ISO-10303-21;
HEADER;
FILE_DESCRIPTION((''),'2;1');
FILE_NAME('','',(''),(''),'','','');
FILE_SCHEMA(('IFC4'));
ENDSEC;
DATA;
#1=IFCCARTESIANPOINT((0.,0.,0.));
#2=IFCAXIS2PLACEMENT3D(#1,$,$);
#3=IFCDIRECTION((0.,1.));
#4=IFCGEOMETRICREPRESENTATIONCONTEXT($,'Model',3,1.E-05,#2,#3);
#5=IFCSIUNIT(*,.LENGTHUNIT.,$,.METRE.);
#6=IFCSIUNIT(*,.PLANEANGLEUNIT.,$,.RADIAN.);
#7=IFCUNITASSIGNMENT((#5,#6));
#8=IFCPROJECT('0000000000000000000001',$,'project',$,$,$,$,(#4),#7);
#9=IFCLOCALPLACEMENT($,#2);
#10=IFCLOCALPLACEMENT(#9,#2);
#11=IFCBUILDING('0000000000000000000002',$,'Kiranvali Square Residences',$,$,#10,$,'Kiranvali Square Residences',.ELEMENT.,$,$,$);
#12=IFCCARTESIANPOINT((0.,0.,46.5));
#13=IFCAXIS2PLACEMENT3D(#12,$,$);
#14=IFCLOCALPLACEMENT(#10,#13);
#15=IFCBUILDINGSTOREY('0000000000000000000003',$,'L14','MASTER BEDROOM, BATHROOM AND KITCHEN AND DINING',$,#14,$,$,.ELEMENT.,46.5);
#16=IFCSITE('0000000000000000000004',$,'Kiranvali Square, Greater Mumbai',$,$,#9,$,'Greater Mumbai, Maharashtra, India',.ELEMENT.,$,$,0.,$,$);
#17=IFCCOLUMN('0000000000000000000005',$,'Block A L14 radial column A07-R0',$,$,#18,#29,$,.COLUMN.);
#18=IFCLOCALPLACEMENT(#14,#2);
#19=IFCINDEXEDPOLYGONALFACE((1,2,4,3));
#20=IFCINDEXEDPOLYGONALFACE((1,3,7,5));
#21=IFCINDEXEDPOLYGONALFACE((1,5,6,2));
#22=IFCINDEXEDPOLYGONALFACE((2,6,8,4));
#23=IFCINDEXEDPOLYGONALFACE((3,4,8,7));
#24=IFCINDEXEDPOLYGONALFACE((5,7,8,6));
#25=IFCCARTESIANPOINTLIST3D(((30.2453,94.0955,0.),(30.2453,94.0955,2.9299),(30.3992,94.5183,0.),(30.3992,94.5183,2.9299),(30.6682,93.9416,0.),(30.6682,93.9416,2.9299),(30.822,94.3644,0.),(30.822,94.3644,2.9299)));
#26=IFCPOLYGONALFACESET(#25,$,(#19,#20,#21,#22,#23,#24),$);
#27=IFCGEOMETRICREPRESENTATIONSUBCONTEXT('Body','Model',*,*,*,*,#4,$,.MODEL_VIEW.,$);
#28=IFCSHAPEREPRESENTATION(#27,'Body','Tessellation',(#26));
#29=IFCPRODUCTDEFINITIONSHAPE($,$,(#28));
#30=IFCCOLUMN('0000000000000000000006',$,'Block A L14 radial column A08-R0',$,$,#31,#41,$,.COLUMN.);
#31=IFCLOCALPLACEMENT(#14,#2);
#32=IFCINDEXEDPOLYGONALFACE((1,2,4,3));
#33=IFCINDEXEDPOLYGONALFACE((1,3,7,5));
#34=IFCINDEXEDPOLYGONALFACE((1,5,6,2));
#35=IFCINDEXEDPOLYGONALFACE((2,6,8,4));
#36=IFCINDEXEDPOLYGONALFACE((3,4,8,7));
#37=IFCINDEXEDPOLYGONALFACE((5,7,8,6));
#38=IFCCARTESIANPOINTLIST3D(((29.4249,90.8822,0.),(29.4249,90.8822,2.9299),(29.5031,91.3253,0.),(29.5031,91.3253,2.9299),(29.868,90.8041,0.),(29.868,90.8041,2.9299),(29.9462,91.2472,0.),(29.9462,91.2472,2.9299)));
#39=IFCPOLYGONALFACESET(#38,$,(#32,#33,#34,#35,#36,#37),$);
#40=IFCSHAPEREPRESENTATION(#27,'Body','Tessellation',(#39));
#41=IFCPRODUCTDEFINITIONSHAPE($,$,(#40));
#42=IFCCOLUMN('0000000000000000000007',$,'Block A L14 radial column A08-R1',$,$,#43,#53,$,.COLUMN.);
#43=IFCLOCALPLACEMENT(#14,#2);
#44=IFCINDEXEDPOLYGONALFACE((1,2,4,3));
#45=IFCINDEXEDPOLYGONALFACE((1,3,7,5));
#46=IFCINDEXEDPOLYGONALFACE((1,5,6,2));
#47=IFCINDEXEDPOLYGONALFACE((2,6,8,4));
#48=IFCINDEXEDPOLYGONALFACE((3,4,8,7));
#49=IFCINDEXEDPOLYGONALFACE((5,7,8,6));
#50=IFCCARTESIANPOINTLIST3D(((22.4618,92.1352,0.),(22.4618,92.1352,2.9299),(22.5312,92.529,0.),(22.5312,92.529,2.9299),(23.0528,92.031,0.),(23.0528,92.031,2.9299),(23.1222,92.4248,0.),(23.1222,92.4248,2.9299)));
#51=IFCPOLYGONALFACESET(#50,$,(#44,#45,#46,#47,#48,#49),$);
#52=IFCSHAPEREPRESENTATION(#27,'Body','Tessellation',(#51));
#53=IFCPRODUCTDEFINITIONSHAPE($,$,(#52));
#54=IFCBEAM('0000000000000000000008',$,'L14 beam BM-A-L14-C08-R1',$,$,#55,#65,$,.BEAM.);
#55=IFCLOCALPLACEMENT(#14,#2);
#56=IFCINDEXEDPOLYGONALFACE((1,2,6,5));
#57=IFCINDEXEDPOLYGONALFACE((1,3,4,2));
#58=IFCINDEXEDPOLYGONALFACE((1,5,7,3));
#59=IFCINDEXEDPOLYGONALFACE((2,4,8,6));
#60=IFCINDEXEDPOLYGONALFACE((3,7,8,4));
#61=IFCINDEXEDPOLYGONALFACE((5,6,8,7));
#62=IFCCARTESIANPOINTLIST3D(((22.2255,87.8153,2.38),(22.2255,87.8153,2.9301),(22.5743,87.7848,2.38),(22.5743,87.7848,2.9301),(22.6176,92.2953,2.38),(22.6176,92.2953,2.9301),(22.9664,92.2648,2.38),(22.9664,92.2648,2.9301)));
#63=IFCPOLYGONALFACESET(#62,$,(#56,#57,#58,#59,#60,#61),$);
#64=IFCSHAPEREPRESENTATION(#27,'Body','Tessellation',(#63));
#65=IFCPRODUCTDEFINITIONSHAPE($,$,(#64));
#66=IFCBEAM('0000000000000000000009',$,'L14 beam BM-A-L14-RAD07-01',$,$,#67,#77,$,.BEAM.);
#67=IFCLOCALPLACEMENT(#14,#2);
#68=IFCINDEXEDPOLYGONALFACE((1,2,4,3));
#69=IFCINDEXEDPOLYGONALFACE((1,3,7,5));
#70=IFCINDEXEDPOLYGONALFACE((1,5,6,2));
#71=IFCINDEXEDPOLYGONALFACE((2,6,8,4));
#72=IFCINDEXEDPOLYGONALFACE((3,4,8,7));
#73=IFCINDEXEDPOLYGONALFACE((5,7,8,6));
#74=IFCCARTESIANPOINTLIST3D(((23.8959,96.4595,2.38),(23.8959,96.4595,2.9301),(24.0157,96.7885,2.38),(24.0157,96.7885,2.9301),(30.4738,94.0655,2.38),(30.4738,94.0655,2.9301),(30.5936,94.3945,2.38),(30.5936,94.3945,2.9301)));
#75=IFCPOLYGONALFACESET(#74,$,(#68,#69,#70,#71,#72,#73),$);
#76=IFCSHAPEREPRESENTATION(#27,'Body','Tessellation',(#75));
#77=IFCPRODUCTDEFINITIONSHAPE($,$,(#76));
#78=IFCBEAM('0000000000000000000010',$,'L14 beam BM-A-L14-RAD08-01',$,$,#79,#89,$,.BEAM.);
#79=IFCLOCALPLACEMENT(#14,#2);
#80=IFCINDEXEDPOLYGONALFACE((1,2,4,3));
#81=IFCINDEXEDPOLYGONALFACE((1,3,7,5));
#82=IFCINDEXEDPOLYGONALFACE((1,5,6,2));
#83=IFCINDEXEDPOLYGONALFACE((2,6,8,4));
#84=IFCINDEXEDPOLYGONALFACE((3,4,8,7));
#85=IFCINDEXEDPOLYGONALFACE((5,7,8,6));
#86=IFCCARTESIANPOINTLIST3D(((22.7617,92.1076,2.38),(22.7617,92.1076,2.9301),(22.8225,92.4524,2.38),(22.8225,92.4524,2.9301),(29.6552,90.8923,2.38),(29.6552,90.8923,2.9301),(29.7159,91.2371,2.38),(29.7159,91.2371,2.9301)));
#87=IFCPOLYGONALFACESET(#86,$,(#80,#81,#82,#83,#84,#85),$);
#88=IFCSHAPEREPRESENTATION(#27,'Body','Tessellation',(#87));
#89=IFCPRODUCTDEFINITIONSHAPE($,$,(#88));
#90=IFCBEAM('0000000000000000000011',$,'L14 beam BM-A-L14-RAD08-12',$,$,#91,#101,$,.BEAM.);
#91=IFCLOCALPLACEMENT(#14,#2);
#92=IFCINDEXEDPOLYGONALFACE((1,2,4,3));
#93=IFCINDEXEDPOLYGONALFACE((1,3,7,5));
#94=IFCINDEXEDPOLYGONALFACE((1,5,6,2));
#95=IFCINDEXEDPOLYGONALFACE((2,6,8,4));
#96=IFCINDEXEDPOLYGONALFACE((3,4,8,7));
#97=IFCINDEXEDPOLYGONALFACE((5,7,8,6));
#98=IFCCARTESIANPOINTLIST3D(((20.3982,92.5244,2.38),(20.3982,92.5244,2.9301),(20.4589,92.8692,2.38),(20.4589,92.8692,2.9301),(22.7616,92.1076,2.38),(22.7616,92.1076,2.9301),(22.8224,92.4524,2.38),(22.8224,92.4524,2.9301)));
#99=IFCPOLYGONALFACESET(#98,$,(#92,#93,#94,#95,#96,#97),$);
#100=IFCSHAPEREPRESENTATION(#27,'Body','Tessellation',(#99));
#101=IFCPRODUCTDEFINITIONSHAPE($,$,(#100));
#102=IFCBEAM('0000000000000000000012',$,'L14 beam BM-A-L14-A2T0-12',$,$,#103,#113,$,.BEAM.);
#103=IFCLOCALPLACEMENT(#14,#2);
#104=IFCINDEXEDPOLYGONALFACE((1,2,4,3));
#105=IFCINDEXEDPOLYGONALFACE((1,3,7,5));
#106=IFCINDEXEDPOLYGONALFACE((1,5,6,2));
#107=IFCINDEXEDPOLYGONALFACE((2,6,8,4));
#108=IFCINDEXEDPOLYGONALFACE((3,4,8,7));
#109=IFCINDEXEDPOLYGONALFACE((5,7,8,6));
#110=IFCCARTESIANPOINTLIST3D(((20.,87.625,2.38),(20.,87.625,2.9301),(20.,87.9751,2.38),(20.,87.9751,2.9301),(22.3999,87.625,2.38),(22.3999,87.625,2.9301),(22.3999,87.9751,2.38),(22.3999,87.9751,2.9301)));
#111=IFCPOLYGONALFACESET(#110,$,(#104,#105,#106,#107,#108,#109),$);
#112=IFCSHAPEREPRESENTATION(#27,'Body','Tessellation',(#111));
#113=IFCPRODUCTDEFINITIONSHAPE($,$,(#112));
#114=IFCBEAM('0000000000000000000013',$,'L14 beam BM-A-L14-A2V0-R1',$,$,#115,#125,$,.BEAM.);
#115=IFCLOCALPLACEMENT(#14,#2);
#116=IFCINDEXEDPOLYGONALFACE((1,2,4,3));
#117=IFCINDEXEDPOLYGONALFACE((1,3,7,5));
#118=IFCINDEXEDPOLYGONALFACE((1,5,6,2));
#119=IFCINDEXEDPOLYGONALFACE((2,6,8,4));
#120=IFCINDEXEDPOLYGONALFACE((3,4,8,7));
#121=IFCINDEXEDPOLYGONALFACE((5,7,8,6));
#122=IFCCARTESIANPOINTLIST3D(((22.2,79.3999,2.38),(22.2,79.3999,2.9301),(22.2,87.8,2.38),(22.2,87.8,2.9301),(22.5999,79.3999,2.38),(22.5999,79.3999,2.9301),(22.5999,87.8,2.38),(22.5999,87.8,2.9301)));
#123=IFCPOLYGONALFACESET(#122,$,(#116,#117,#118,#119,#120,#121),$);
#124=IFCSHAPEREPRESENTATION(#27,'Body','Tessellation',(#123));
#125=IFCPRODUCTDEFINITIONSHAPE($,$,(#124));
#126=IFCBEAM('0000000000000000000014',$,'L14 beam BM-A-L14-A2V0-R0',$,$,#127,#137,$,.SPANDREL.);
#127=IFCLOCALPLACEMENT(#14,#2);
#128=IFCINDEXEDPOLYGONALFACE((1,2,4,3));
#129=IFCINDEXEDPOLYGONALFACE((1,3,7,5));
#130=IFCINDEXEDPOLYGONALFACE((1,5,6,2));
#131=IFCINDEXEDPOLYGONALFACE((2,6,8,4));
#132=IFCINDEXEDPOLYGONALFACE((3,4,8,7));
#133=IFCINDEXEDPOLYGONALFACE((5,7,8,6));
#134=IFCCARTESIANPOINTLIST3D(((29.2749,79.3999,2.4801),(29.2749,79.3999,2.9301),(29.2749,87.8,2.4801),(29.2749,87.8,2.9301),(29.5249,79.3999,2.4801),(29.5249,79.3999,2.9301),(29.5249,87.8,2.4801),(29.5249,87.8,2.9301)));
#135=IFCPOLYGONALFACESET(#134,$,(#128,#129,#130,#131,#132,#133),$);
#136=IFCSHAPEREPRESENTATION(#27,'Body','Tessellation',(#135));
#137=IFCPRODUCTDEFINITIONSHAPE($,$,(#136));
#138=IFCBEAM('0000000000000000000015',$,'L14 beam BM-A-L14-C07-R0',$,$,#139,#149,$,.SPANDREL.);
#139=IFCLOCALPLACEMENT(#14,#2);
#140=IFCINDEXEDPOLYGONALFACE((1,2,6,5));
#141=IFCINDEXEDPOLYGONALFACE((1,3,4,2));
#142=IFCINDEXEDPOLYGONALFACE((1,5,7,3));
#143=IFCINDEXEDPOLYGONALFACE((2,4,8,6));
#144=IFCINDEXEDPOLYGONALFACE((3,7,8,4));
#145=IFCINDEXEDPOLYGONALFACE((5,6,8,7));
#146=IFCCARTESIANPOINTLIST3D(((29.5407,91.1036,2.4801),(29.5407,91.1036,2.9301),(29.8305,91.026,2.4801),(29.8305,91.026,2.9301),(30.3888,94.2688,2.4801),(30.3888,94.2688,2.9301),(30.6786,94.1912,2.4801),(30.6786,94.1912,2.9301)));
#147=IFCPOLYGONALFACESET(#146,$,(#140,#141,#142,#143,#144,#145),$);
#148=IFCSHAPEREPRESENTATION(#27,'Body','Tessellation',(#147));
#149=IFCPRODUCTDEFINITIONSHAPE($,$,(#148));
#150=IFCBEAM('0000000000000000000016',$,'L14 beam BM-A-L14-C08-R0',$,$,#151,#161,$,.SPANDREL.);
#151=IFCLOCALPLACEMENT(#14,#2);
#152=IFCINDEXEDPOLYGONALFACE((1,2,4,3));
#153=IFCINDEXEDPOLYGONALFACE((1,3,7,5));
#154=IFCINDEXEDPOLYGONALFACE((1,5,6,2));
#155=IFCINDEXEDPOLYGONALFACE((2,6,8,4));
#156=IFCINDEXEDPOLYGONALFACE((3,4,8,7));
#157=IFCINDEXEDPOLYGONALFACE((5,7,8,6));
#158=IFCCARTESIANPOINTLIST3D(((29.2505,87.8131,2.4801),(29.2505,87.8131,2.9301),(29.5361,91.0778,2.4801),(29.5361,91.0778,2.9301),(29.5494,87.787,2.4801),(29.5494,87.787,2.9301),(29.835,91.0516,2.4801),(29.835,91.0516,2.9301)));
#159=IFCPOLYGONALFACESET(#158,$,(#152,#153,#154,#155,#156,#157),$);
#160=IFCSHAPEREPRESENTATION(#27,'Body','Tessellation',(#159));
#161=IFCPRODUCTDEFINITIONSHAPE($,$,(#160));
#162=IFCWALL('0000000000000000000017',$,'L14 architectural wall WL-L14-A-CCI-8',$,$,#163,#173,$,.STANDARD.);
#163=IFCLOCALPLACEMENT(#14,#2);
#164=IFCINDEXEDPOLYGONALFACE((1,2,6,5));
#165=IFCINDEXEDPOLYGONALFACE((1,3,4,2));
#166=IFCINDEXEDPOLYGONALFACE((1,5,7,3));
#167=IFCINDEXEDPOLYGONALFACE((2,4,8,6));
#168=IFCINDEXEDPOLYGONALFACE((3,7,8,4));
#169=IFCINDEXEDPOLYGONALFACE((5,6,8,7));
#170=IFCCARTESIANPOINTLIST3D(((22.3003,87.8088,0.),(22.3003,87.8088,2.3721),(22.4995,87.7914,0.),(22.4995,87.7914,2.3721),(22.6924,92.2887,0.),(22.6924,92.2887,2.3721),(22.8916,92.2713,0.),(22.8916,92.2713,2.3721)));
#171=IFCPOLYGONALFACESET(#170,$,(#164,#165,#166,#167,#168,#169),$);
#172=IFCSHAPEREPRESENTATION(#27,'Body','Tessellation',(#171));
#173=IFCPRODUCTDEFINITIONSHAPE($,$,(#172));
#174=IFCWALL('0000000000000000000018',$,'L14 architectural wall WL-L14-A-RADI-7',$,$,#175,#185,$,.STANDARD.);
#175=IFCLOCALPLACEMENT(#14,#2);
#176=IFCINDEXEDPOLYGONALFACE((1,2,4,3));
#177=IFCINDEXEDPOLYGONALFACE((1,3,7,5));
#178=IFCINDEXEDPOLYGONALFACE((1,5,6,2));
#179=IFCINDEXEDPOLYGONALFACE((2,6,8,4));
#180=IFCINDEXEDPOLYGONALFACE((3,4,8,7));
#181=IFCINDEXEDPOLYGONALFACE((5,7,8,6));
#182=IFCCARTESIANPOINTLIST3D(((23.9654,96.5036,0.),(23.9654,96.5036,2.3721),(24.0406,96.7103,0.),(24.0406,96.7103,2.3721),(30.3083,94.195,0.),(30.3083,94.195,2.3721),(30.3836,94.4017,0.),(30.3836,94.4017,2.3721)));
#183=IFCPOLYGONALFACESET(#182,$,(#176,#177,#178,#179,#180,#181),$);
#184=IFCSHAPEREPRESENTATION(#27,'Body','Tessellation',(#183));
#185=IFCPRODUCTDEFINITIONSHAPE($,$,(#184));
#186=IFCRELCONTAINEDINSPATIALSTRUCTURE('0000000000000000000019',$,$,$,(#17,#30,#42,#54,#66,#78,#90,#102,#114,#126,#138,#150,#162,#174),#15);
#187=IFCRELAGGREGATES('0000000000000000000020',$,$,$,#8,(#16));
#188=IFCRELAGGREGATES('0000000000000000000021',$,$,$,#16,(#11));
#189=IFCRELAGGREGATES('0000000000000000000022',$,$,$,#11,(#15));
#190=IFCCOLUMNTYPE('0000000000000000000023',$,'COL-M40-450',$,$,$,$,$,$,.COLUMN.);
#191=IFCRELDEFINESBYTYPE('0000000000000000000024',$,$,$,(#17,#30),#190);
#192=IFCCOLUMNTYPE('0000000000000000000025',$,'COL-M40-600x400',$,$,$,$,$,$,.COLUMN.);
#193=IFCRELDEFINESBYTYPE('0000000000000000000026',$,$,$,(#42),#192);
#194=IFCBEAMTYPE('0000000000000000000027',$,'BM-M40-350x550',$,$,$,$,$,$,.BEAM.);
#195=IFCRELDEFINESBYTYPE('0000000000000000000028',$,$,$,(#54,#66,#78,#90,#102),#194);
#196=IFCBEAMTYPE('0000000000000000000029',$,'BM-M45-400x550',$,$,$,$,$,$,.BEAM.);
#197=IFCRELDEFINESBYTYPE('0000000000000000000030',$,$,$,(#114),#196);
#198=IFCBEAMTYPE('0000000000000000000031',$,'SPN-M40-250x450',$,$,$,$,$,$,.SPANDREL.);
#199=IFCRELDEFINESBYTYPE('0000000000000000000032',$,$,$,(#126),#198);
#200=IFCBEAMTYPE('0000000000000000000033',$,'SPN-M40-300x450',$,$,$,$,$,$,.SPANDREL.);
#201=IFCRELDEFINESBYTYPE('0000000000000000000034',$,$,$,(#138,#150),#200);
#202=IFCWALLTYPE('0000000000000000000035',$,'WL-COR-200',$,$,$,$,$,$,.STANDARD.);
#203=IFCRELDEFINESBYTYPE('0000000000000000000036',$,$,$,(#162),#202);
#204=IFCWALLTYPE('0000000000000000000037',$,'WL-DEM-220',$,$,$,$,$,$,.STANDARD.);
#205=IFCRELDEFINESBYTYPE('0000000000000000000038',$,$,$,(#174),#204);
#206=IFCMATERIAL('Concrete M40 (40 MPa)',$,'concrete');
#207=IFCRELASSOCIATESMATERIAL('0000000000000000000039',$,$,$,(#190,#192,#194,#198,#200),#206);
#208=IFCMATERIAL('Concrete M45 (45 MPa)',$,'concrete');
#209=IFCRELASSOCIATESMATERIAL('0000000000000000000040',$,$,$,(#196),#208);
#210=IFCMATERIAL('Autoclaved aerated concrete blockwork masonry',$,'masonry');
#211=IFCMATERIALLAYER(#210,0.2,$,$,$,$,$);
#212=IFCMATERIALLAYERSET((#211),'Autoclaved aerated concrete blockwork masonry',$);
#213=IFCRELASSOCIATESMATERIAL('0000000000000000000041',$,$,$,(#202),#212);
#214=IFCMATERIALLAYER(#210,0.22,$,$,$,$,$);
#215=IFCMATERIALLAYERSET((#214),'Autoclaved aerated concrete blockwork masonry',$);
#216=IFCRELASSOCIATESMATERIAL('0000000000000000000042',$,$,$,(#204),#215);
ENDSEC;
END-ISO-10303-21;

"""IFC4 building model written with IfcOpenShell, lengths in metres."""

from ifc_helpers import new_model, si_unit, direction, frame, frame_2d, origin, origin_2d, place, context, subcontext, project, spatial, rectangle, extrude, material, layer, layer_set, material_profile, profile_set, type_object, element, save


model = new_model("IFC4")

# Units and contexts
model_context = context("Model", 3, precision=1e-05, world=origin(), true_north=direction((0.0, 1.0)))
body_context = subcontext(model_context, "Body", "Model", "MODEL_VIEW")
ifc_project = project(units=[si_unit("LENGTHUNIT", "METRE"), si_unit("PLANEANGLEUNIT", "RADIAN")], contexts=[model_context])

# Site, building, storey
site_placement = place(None, origin())
site = spatial("IfcSite", under=ifc_project, at=site_placement, Name="Kiranvali Square, Greater Mumbai", LongName="Greater Mumbai, Maharashtra, India", CompositionType="ELEMENT", RefElevation=0.0)
building_placement = place(site_placement, origin())
building = spatial("IfcBuilding", under=site, at=building_placement, Name="Kiranvali Square Residences", LongName="Kiranvali Square Residences", CompositionType="ELEMENT")
storey_placement = place(building_placement, frame((0.0, 0.0, 46.5)))
storey = spatial("IfcBuildingStorey", under=building, at=storey_placement, Name="L14", Description="MASTER BEDROOM, BATHROOM AND KITCHEN AND DINING", CompositionType="ELEMENT", Elevation=46.5)

# Columns
ifc_material_1 = material(Name="Concrete M40 (40 MPa)", Category="concrete")
ifc_material_profile_1 = material_profile(ifc_material_1, rectangle(XDim=0.45, YDim=0.45, at=origin_2d()), Name="RC 450x450")
ifc_profile_set_1 = profile_set([ifc_material_profile_1], Name="Concrete M40 (40 MPa)")
column_type_1 = type_object("IfcColumnType", Name="COL-M40-450", PredefinedType="COLUMN", material=ifc_profile_set_1)
for number, where, z_axis, x_axis, name in (
    (1, (30.5337, 94.23, 0.0), (0.0, 0.0, 1.0), (0.34202, 0.939693, 0.0), "Block A L14 radial column A07-R0"),
    (2, (29.6855, 91.0647, 0.0), (0.0, 0.0, 1.0), (0.173648, 0.984808, 0.0), "Block A L14 radial column A08-R0"),
):
    element("IfcColumn", number, at=place(storey_placement, frame(where, z_axis=z_axis, x_axis=x_axis)), inside=storey, type_object=column_type_1, Name=name, PredefinedType="COLUMN", context=body_context, shape_type="SweptSolid", body=[
        extrude(rectangle(XDim=0.45, YDim=0.45, at=origin_2d()), origin(), (0.0, 0.0, 1.0), 2.9299),
    ])
ifc_material_profile_2 = material_profile(ifc_material_1, rectangle(XDim=0.3999, YDim=0.6001, at=origin_2d()), Name="RC 600x400")
ifc_profile_set_2 = profile_set([ifc_material_profile_2], Name="Concrete M40 (40 MPa)")
column_type_2 = type_object("IfcColumnType", Name="COL-M40-600x400", PredefinedType="COLUMN", material=ifc_profile_set_2)
column_placement = place(storey_placement, frame((22.792, 92.28, 0.0), z_axis=(0.0, 0.0, 1.0), x_axis=(0.173648, 0.984808, 0.0)))
element("IfcColumn", 3, at=column_placement, inside=storey, type_object=column_type_2, Name="Block A L14 radial column A08-R1", PredefinedType="COLUMN", context=body_context, shape_type="SweptSolid", body=[
    extrude(rectangle(XDim=0.3999, YDim=0.6001, at=origin_2d()), origin(), (0.0, 0.0, 1.0), 2.9299),
])

# Beams
ifc_material_profile_3 = material_profile(ifc_material_1, rectangle(XDim=0.3501, YDim=0.55, at=origin_2d()), Name="RC 350x550")
ifc_profile_set_3 = profile_set([ifc_material_profile_3], Name="Concrete M40 (40 MPa)")
beam_type_1 = type_object("IfcBeamType", Name="BM-M40-350x550", PredefinedType="BEAM", material=ifc_profile_set_3)
beam_1_placement = place(storey_placement, frame((22.792, 92.28, 2.655), z_axis=(-0.087187, -0.996192, 0.0), x_axis=(0.996192, -0.087187, 0.0)))
element("IfcBeam", 4, at=beam_1_placement, inside=storey, type_object=beam_type_1, Name="L14 beam BM-A-L14-C08-R1", PredefinedType="BEAM", context=body_context, shape_type="SweptSolid", body=[
    extrude(rectangle(XDim=0.3501, YDim=0.55, at=origin_2d()), origin(), (0.0, 0.0, 1.0), 4.4971),
])
beam_2_placement = place(storey_placement, frame((30.5337, 94.23, 2.655), z_axis=(-0.939698, 0.342006, 0.0), x_axis=(-0.342006, -0.939698, 0.0)))
element("IfcBeam", 5, at=beam_2_placement, inside=storey, type_object=beam_type_1, Name="L14 beam BM-A-L14-RAD07-01", PredefinedType="BEAM", context=body_context, shape_type="SweptSolid", body=[
    extrude(rectangle(XDim=0.3501, YDim=0.55, at=origin_2d()), origin(), (0.0, 0.0, 1.0), 7.0),
])
beam_3_placement = place(storey_placement, frame((29.6855, 91.0647, 2.655), z_axis=(-0.984812, 0.173622, 0.0), x_axis=(-0.173622, -0.984812, 0.0)))
element("IfcBeam", 6, at=beam_3_placement, inside=storey, type_object=beam_type_1, Name="L14 beam BM-A-L14-RAD08-01", PredefinedType="BEAM", context=body_context, shape_type="SweptSolid", body=[
    extrude(rectangle(XDim=0.3501, YDim=0.55, at=origin_2d()), origin(), (0.0, 0.0, 1.0), 6.9998),
])
for number, where, z_axis, x_axis, name in (
    (7, (22.792, 92.28, 2.655), (-0.984808, 0.173646, 0.0), (-0.173646, -0.984808, 0.0), "L14 beam BM-A-L14-RAD08-12"),
    (8, (22.3999, 87.8, 2.655), (-1.0, 0.0, 0.0), (0.0, -1.0, 0.0), "L14 beam BM-A-L14-A2T0-12"),
):
    element("IfcBeam", number, at=place(storey_placement, frame(where, z_axis=z_axis, x_axis=x_axis)), inside=storey, type_object=beam_type_1, Name=name, PredefinedType="BEAM", context=body_context, shape_type="SweptSolid", body=[
        extrude(rectangle(XDim=0.3501, YDim=0.55, at=origin_2d()), origin(), (0.0, 0.0, 1.0), 2.3999),
    ])
ifc_material_2 = material(Name="Concrete M45 (45 MPa)", Category="concrete")
ifc_material_profile_4 = material_profile(ifc_material_2, rectangle(XDim=0.3999, YDim=0.55, at=origin_2d()), Name="RC 400x550")
ifc_profile_set_4 = profile_set([ifc_material_profile_4], Name="Concrete M45 (45 MPa)")
beam_type_2 = type_object("IfcBeamType", Name="BM-M45-400x550", PredefinedType="BEAM", material=ifc_profile_set_4)
beam_4_placement = place(storey_placement, frame((22.3999, 87.8, 2.655), z_axis=(0.0, -1.0, 0.0), x_axis=(1.0, 0.0, 0.0)))
element("IfcBeam", 9, at=beam_4_placement, inside=storey, type_object=beam_type_2, Name="L14 beam BM-A-L14-A2V0-R1", PredefinedType="BEAM", context=body_context, shape_type="SweptSolid", body=[
    extrude(rectangle(XDim=0.3999, YDim=0.55, at=origin_2d()), origin(), (0.0, 0.0, 1.0), 8.4001),
])
ifc_material_profile_5 = material_profile(ifc_material_1, rectangle(XDim=0.25, YDim=0.45, at=origin_2d()), Name="RC 250x450")
ifc_profile_set_5 = profile_set([ifc_material_profile_5], Name="Concrete M40 (40 MPa)")
beam_type_3 = type_object("IfcBeamType", Name="SPN-M40-250x450", PredefinedType="SPANDREL", material=ifc_profile_set_5)
beam_5_placement = place(storey_placement, frame((29.3999, 87.8, 2.7051), z_axis=(0.0, -1.0, 0.0), x_axis=(1.0, 0.0, 0.0)))
element("IfcBeam", 10, at=beam_5_placement, inside=storey, type_object=beam_type_3, Name="L14 beam BM-A-L14-A2V0-R0", PredefinedType="SPANDREL", context=body_context, shape_type="SweptSolid", body=[
    extrude(rectangle(XDim=0.25, YDim=0.45, at=origin_2d()), origin(), (0.0, 0.0, 1.0), 8.4001),
])
ifc_material_profile_6 = material_profile(ifc_material_1, rectangle(XDim=0.3, YDim=0.45, at=origin_2d()), Name="RC 300x450")
ifc_profile_set_6 = profile_set([ifc_material_profile_6], Name="Concrete M40 (40 MPa)")
beam_type_4 = type_object("IfcBeamType", Name="SPN-M40-300x450", PredefinedType="SPANDREL", material=ifc_profile_set_6)
beam_6_placement = place(storey_placement, frame((30.5337, 94.23, 2.7051), z_axis=(-0.258822, -0.965925, 0.0), x_axis=(0.965925, -0.258822, 0.0)))
element("IfcBeam", 11, at=beam_6_placement, inside=storey, type_object=beam_type_4, Name="L14 beam BM-A-L14-C07-R0", PredefinedType="SPANDREL", context=body_context, shape_type="SweptSolid", body=[
    extrude(rectangle(XDim=0.3, YDim=0.45, at=origin_2d()), origin(), (0.0, 0.0, 1.0), 3.2769),
])
beam_7_placement = place(storey_placement, frame((29.6855, 91.0647, 2.7051), z_axis=(-0.087163, -0.996194, 0.0), x_axis=(0.996194, -0.087163, 0.0)))
element("IfcBeam", 12, at=beam_7_placement, inside=storey, type_object=beam_type_4, Name="L14 beam BM-A-L14-C08-R0", PredefinedType="SPANDREL", context=body_context, shape_type="SweptSolid", body=[
    extrude(rectangle(XDim=0.3, YDim=0.45, at=origin_2d()), origin(), (0.0, 0.0, 1.0), 3.2771),
])

# Walls
ifc_material_3 = material(Name="Autoclaved aerated concrete blockwork masonry", Category="masonry")
ifc_layer_1 = layer(ifc_material_3, 0.2)
ifc_layer_set_1 = layer_set([ifc_layer_1], Name="Autoclaved aerated concrete blockwork masonry")
wall_type_1 = type_object("IfcWallType", Name="WL-COR-200", PredefinedType="STANDARD", material=ifc_layer_set_1)
wall_1_placement = place(storey_placement, frame((22.792, 92.28, 0.0), z_axis=(0.0, 0.0, 1.0), x_axis=(-0.087187, -0.996192, 0.0)))
element("IfcWall", 13, at=wall_1_placement, inside=storey, type_object=wall_type_1, Name="L14 architectural wall WL-L14-A-CCI-8", PredefinedType="STANDARD", context=body_context, shape_type="SweptSolid", body=[
    extrude(rectangle(XDim=4.4971, YDim=0.2, at=frame_2d((2.2485, 0.0))), origin(), (0.0, 0.0, 1.0), 2.3721),
])
ifc_layer_2 = layer(ifc_material_3, 0.22)
ifc_layer_set_2 = layer_set([ifc_layer_2], Name="Autoclaved aerated concrete blockwork masonry")
wall_type_2 = type_object("IfcWallType", Name="WL-DEM-220", PredefinedType="STANDARD", material=ifc_layer_set_2)
wall_2_placement = place(storey_placement, frame((30.3459, 94.2983, 0.0), z_axis=(0.0, 0.0, 1.0), x_axis=(-0.939696, 0.34201, 0.0)))
element("IfcWall", 14, at=wall_2_placement, inside=storey, type_object=wall_type_2, Name="L14 architectural wall WL-L14-A-RADI-7", PredefinedType="STANDARD", context=body_context, shape_type="SweptSolid", body=[
    extrude(rectangle(XDim=6.75, YDim=0.22, at=frame_2d((3.375, 0.0))), origin(), (0.0, 0.0, 1.0), 2.3721),
])

save(model, "model.ifc")
